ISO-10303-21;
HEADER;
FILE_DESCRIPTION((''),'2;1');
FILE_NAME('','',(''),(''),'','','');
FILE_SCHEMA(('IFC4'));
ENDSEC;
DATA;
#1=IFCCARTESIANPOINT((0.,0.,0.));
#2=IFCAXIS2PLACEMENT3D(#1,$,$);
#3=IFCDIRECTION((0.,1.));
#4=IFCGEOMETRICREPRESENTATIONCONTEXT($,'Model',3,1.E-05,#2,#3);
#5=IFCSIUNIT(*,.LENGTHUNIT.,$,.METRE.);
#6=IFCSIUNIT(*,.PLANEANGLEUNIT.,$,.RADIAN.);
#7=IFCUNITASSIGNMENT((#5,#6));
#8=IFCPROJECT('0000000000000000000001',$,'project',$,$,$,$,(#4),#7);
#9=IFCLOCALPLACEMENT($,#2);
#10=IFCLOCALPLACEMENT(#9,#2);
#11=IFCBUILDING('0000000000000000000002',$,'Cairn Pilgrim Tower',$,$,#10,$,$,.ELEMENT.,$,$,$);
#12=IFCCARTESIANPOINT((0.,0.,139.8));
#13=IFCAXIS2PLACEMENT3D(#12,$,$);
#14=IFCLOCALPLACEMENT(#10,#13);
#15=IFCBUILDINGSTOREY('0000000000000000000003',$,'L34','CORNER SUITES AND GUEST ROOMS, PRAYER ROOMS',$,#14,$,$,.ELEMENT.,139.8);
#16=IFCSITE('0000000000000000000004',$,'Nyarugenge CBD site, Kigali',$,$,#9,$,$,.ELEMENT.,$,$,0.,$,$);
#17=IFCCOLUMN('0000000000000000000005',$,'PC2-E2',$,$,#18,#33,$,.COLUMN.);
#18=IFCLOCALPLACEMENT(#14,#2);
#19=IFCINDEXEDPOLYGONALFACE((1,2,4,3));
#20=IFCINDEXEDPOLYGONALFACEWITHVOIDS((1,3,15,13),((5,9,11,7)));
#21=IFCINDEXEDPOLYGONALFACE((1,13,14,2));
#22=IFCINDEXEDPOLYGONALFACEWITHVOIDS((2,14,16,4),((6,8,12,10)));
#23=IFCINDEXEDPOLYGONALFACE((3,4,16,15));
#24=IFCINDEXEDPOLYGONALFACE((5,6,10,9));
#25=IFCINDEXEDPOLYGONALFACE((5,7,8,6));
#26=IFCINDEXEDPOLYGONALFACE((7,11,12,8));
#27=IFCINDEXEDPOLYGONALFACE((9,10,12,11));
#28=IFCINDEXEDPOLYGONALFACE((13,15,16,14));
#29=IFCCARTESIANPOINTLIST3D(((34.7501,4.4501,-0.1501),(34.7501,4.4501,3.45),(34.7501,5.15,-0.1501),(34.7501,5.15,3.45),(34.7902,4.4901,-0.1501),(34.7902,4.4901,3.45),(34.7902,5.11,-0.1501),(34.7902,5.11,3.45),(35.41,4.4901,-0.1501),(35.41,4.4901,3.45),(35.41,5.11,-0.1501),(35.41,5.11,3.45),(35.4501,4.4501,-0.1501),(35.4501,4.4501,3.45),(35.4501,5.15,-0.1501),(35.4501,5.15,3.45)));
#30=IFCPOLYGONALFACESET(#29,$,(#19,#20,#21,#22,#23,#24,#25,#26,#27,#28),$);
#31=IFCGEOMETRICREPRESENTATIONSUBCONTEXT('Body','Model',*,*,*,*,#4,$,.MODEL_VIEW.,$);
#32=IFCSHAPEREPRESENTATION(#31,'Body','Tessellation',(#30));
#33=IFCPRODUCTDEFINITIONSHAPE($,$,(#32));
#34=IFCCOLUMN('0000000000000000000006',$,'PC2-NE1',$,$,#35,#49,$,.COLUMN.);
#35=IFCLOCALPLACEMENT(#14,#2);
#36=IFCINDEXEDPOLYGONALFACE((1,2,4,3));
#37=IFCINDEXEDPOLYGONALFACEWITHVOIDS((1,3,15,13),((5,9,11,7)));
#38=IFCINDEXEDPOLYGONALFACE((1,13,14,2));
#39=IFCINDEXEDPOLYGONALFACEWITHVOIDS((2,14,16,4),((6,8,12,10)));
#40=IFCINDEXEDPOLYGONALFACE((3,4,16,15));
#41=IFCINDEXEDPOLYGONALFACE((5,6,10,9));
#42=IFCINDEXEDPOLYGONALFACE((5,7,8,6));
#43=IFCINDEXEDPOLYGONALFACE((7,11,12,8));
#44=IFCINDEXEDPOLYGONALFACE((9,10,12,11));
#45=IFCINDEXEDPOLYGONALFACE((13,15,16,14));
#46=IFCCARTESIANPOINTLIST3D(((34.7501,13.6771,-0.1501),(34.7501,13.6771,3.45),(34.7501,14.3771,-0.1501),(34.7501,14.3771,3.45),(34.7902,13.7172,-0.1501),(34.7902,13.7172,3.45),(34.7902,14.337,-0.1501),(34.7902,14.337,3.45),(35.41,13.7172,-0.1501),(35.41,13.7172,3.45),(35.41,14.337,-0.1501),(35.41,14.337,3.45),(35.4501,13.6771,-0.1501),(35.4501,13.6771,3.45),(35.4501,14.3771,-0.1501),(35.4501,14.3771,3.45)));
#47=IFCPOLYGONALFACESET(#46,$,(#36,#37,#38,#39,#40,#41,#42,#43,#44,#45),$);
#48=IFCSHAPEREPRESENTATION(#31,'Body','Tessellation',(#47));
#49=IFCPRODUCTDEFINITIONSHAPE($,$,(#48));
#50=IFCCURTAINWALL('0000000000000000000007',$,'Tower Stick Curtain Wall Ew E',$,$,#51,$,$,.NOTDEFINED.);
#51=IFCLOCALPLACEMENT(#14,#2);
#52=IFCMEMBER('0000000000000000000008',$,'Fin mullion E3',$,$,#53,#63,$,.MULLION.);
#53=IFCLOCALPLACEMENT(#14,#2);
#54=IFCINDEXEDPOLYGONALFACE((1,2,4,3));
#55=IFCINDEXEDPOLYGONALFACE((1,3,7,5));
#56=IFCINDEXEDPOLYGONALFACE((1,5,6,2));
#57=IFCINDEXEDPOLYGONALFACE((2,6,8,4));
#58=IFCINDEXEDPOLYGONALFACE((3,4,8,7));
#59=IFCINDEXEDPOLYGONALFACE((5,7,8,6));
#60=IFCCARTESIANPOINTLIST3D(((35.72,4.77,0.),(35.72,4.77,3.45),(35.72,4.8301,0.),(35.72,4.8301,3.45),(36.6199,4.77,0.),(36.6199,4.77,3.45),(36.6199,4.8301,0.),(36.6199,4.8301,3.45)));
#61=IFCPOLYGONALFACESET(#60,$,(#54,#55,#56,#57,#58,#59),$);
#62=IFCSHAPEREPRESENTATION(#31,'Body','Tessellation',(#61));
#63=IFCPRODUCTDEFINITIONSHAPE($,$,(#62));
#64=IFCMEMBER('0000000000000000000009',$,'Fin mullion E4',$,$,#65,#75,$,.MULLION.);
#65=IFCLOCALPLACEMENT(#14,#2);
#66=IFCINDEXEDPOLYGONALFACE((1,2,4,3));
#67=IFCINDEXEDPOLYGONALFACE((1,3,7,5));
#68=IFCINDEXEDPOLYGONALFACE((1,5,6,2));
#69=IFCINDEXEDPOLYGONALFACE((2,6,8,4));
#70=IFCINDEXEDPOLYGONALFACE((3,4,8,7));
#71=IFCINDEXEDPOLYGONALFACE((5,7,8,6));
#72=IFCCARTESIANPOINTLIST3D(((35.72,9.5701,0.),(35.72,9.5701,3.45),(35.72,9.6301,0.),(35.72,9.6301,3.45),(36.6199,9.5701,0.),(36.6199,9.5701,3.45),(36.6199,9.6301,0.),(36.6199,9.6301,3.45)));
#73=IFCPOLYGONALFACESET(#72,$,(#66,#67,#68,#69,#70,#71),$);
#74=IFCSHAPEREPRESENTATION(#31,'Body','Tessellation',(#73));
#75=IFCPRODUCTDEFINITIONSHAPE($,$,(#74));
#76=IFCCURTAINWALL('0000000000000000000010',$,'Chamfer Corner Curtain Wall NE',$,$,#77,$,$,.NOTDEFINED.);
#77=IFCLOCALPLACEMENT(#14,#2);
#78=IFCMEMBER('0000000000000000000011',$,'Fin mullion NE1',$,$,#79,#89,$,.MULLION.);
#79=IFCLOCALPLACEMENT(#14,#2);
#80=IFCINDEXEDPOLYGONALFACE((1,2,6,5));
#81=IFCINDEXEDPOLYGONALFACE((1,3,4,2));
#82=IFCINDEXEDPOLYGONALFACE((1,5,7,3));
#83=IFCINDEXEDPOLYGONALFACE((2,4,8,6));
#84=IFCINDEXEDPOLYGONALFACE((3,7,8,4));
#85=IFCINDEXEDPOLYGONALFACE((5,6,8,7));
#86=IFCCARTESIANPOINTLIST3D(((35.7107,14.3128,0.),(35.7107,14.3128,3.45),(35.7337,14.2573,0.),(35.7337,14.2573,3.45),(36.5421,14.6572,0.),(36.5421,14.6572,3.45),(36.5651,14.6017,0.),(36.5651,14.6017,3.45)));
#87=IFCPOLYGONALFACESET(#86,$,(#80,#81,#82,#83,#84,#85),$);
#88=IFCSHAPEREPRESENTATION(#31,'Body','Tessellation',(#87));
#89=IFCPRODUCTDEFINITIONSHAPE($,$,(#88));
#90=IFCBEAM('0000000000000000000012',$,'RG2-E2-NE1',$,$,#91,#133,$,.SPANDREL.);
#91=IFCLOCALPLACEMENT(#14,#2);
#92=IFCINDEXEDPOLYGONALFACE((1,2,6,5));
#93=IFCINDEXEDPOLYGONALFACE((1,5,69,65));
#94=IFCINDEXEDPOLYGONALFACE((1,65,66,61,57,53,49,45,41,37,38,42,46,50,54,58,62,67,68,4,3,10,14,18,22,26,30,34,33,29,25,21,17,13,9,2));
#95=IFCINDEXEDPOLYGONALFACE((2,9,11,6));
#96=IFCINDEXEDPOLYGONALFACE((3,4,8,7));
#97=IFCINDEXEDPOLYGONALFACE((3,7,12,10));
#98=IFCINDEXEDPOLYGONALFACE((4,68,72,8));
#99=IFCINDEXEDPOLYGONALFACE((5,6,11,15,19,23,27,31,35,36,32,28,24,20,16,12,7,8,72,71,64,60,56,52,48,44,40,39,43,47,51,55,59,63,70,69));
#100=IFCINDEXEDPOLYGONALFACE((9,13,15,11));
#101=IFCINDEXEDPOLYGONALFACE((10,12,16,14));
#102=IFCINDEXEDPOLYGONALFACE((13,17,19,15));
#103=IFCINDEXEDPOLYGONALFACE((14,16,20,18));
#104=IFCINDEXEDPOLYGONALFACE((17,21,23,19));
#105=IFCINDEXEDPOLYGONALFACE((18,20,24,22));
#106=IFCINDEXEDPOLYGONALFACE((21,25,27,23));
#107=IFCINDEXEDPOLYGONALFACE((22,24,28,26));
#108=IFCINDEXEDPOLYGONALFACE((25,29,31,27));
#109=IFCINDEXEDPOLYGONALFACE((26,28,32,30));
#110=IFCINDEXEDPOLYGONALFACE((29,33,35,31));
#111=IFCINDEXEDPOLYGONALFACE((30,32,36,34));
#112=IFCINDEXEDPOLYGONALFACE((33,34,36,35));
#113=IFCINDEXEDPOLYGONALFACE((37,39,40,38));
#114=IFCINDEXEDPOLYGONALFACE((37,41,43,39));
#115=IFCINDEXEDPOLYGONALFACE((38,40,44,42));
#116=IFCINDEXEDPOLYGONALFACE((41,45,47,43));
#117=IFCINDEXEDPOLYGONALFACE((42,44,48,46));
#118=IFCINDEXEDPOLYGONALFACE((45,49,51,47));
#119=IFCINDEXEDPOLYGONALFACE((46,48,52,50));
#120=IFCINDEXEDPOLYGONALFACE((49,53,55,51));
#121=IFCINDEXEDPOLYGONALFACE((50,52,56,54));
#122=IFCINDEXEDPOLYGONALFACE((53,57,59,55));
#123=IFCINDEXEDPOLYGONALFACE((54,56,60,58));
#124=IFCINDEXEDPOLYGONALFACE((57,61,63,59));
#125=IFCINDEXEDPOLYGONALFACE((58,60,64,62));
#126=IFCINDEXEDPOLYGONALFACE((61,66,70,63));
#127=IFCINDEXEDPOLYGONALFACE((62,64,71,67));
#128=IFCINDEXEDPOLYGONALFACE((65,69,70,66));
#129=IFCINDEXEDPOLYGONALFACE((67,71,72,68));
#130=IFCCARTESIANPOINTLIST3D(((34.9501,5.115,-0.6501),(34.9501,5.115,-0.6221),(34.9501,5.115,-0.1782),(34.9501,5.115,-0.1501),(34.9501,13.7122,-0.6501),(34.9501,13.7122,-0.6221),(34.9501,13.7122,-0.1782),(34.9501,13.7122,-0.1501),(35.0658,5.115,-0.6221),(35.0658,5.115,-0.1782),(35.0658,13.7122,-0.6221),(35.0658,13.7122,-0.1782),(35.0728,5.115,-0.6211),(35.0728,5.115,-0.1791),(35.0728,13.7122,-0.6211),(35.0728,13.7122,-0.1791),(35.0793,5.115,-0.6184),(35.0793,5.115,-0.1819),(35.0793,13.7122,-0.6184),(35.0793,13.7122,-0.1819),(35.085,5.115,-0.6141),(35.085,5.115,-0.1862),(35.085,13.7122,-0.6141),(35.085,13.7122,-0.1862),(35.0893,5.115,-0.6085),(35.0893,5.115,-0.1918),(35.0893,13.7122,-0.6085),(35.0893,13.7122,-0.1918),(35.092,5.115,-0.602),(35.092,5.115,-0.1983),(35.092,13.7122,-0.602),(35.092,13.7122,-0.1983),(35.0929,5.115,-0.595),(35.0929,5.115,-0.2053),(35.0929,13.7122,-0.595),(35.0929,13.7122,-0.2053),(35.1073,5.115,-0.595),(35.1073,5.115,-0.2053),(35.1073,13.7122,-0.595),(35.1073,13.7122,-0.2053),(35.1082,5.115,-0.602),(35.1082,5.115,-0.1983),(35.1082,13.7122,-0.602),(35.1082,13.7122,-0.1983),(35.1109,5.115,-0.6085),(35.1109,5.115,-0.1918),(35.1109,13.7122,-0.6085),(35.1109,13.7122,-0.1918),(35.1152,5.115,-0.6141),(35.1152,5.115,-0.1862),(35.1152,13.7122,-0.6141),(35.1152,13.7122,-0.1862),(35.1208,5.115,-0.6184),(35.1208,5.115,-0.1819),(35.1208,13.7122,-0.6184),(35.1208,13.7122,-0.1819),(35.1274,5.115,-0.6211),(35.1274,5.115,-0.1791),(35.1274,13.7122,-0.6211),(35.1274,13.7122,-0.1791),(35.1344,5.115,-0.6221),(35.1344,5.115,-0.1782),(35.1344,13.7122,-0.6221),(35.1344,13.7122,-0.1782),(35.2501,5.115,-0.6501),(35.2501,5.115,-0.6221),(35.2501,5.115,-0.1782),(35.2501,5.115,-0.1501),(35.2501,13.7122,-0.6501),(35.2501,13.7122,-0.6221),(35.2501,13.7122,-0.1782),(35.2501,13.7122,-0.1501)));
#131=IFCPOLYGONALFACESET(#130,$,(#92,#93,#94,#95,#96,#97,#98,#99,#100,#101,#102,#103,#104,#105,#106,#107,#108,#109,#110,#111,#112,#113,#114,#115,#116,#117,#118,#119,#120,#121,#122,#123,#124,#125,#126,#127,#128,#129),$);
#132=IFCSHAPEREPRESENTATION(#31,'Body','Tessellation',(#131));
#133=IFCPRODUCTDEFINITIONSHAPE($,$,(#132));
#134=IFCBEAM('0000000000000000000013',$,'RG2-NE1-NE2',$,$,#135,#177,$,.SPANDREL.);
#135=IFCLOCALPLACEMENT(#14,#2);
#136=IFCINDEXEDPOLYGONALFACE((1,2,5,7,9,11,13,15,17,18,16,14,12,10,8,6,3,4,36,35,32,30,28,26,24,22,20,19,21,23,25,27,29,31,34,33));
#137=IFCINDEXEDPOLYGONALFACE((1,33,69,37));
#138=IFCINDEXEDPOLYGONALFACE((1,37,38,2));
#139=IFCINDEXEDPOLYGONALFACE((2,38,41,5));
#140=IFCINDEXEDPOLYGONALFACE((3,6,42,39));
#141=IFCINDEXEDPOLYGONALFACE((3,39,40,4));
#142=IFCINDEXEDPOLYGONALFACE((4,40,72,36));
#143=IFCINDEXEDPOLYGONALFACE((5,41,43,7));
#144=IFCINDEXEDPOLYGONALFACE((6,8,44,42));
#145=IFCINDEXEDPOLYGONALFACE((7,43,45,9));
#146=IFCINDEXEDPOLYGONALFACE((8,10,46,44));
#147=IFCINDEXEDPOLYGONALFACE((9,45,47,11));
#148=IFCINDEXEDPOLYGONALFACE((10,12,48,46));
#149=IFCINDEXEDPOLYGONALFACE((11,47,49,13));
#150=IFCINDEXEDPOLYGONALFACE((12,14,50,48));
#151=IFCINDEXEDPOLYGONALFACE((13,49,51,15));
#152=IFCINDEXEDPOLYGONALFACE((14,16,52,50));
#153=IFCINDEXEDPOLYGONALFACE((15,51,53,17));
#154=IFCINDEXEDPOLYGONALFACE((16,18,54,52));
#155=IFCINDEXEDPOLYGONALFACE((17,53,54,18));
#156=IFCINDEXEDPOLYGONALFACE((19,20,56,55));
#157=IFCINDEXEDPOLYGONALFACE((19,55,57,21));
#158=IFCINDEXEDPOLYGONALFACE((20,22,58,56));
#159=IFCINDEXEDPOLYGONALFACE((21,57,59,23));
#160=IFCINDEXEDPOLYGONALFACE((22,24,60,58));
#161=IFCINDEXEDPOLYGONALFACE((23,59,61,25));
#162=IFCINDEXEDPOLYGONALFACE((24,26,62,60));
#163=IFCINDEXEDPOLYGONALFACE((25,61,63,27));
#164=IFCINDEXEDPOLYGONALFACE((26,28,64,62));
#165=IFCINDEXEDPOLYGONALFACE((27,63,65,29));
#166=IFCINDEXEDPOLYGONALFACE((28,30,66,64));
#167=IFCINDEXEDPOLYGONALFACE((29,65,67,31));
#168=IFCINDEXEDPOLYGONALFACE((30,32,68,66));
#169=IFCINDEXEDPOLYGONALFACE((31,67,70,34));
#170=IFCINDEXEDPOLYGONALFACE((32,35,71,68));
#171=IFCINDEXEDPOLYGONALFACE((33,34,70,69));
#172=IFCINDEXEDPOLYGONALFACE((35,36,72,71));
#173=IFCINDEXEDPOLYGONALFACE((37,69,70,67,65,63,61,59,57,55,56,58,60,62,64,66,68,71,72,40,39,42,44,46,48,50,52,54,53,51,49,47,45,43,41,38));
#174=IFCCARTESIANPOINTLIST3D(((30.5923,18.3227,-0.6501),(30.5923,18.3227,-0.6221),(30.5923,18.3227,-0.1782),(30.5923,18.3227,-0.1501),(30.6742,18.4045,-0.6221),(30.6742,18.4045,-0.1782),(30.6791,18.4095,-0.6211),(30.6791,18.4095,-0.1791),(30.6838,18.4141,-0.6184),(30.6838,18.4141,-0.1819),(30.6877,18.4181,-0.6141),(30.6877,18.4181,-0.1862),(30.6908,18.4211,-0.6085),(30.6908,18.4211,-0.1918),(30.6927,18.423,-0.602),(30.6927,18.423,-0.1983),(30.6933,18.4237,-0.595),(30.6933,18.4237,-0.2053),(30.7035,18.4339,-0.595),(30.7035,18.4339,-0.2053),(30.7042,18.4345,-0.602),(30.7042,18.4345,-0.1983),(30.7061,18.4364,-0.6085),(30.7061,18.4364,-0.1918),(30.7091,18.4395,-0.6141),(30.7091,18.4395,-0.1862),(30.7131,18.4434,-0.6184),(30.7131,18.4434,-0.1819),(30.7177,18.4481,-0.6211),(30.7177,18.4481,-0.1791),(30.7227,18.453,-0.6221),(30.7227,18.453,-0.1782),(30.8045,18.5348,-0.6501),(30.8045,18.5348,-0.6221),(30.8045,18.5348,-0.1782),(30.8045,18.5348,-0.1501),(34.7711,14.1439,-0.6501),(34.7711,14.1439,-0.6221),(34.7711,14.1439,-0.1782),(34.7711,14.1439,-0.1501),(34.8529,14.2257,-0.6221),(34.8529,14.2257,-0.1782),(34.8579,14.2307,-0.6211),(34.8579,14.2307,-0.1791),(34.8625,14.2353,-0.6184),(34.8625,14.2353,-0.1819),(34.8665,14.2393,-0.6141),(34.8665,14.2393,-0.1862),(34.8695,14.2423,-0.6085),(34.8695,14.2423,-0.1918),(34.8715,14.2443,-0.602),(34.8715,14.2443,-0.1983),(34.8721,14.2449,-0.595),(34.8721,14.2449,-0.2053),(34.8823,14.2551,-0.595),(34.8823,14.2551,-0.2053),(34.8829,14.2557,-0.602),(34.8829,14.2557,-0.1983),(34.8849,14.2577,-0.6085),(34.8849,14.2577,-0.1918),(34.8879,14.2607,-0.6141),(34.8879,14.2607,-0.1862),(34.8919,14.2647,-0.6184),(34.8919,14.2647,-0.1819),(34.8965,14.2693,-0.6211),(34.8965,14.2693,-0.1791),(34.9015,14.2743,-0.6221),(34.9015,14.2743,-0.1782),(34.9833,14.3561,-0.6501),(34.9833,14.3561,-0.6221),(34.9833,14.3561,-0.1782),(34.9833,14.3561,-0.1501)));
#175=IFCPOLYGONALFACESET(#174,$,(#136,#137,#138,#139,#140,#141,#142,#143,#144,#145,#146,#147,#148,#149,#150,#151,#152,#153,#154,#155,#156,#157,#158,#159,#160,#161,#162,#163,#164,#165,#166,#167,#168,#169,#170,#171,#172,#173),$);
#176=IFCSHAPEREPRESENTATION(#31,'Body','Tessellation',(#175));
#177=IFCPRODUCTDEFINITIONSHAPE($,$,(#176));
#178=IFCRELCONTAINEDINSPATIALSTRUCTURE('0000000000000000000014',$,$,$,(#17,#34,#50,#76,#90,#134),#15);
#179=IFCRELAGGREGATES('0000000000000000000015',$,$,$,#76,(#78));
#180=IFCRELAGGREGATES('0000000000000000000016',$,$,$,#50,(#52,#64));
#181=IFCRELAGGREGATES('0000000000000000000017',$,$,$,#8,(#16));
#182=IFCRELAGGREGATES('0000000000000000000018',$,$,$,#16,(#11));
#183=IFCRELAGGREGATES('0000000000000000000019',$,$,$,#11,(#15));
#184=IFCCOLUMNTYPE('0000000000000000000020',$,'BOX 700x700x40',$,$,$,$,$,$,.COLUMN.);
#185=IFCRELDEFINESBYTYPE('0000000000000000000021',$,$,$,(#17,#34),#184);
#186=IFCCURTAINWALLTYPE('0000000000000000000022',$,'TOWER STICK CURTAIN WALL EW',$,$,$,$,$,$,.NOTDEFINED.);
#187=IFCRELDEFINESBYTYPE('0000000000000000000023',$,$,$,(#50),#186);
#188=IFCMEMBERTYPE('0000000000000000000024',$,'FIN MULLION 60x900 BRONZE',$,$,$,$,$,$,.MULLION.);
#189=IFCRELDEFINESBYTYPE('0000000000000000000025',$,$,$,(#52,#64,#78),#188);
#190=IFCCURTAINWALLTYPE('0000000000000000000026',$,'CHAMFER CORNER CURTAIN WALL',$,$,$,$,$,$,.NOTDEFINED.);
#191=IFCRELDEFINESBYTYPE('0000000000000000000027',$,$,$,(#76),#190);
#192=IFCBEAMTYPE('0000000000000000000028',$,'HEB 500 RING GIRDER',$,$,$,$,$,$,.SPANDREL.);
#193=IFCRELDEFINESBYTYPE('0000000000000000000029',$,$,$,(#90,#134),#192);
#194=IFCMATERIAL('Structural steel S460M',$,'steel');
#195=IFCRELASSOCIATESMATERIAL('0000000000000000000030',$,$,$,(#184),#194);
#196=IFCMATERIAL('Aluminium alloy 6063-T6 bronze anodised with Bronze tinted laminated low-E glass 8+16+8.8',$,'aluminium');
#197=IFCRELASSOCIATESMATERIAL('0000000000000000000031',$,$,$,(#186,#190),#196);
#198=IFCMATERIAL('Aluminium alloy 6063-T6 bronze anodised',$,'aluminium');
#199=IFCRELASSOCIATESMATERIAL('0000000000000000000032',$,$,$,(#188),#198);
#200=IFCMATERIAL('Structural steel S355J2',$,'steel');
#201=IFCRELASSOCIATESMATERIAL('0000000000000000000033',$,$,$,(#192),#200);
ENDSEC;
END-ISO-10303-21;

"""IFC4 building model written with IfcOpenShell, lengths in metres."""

from ifc_helpers import new_model, si_unit, direction, frame, origin, origin_2d, place, context, subcontext, project, spatial, rectangle, hollow_rectangle, i_section, extrude, material, material_profile, profile_set, type_object, element, aggregate, save


model = new_model("IFC4")

# Units and contexts
model_context = context("Model", 3, precision=1e-05, world=origin(), true_north=direction((0.0, 1.0)))
body_context = subcontext(model_context, "Body", "Model", "MODEL_VIEW")
ifc_project = project(units=[si_unit("LENGTHUNIT", "METRE"), si_unit("PLANEANGLEUNIT", "RADIAN")], contexts=[model_context])

# Site, building, storey
site_placement = place(None, origin())
site = spatial("IfcSite", under=ifc_project, at=site_placement, Name="Nyarugenge CBD site, Kigali", CompositionType="ELEMENT", RefElevation=0.0)
building_placement = place(site_placement, origin())
building = spatial("IfcBuilding", under=site, at=building_placement, Name="Cairn Pilgrim Tower", CompositionType="ELEMENT")
storey_placement = place(building_placement, frame((0.0, 0.0, 139.8)))
storey = spatial("IfcBuildingStorey", under=building, at=storey_placement, Name="L34", Description="CORNER SUITES AND GUEST ROOMS, PRAYER ROOMS", CompositionType="ELEMENT", Elevation=139.8)

# Columns
ifc_material_1 = material(Name="Structural steel S460M", Category="steel")
ifc_material_profile_1 = material_profile(ifc_material_1, hollow_rectangle(XDim=0.7, YDim=0.7, WallThickness=0.04, at=origin_2d()), Name="BOX 700x700x40")
ifc_profile_set_1 = profile_set([ifc_material_profile_1], Name="Structural steel S460M")
column_type = type_object("IfcColumnType", Name="BOX 700x700x40", PredefinedType="COLUMN", material=ifc_profile_set_1)
for number, where, z_axis, x_axis, name in (
    (1, (35.1001, 4.8, -0.1501), (0.0, 0.0, 1.0), (1.0, 0.0, 0.0), "PC2-E2"),
    (2, (35.1001, 14.0271, -0.1501), (0.0, 0.0, 1.0), (1.0, 0.0, 0.0), "PC2-NE1"),
):
    element("IfcColumn", number, at=place(storey_placement, frame(where, z_axis=z_axis, x_axis=x_axis)), inside=storey, type_object=column_type, Name=name, PredefinedType="COLUMN", context=body_context, shape_type="SweptSolid", body=[
        extrude(hollow_rectangle(XDim=0.7, YDim=0.7, WallThickness=0.04, at=origin_2d()), origin(), (0.0, 0.0, 1.0), 3.6001),
    ])

# Curtain wall, members
ifc_material_2 = material(Name="Aluminium alloy 6063-T6 bronze anodised with Bronze tinted laminated low-E glass 8+16+8.8", Category="aluminium")
curtain_wall_type_1 = type_object("IfcCurtainWallType", Name="TOWER STICK CURTAIN WALL EW", PredefinedType="NOTDEFINED", material=ifc_material_2)
curtain_wall_1_placement = place(storey_placement, origin())
curtain_wall_1 = element("IfcCurtainWall", 3, at=curtain_wall_1_placement, inside=storey, type_object=curtain_wall_type_1, Name="Tower Stick Curtain Wall Ew E", PredefinedType="NOTDEFINED")
ifc_material_3 = material(Name="Aluminium alloy 6063-T6 bronze anodised", Category="aluminium")
ifc_material_profile_2 = material_profile(ifc_material_3, rectangle(XDim=0.8999, YDim=0.0601, at=origin_2d()), Name="FIN MULLION 60x900 BRONZE")
ifc_profile_set_2 = profile_set([ifc_material_profile_2], Name="Aluminium alloy 6063-T6 bronze anodised")
member_type_1 = type_object("IfcMemberType", Name="FIN MULLION 60x900 BRONZE", PredefinedType="MULLION", material=ifc_profile_set_2)
member_1_placement = place(storey_placement, frame((36.1699, 4.8, 0.0), z_axis=(0.0, 0.0, 1.0), x_axis=(1.0, 0.0, 0.0)))
member_1 = element("IfcMember", 4, at=member_1_placement, type_object=member_type_1, Name="Fin mullion E3", PredefinedType="MULLION", context=body_context, shape_type="SweptSolid", body=[
    extrude(rectangle(XDim=0.8999, YDim=0.0601, at=origin_2d()), origin(), (0.0, 0.0, 1.0), 3.45),
])
member_2_placement = place(storey_placement, frame((36.1699, 9.6001, 0.0), z_axis=(0.0, 0.0, 1.0), x_axis=(1.0, 0.0, 0.0)))
member_2 = element("IfcMember", 5, at=member_2_placement, type_object=member_type_1, Name="Fin mullion E4", PredefinedType="MULLION", context=body_context, shape_type="SweptSolid", body=[
    extrude(rectangle(XDim=0.8999, YDim=0.0601, at=origin_2d()), origin(), (0.0, 0.0, 1.0), 3.45),
])

# Curtain wall, member
curtain_wall_type_2 = type_object("IfcCurtainWallType", Name="CHAMFER CORNER CURTAIN WALL", PredefinedType="NOTDEFINED", material=ifc_material_2)
curtain_wall_2_placement = place(storey_placement, origin())
curtain_wall_2 = element("IfcCurtainWall", 6, at=curtain_wall_2_placement, inside=storey, type_object=curtain_wall_type_2, Name="Chamfer Corner Curtain Wall NE", PredefinedType="NOTDEFINED")
member_3_placement = place(storey_placement, frame((36.1379, 14.4573, 0.0), z_axis=(0.0, 0.0, 1.0), x_axis=(0.92388, 0.382683, 0.0)))
member_3 = element("IfcMember", 7, at=member_3_placement, type_object=member_type_1, Name="Fin mullion NE1", PredefinedType="MULLION", context=body_context, shape_type="SweptSolid", body=[
    extrude(rectangle(XDim=0.8999, YDim=0.0601, at=origin_2d()), origin(), (0.0, 0.0, 1.0), 3.45),
])
aggregate(curtain_wall_2, [member_3])

# Beams
ifc_material_4 = material(Name="Structural steel S355J2", Category="steel")
ifc_material_profile_3 = material_profile(ifc_material_4, i_section(OverallWidth=0.3, OverallDepth=0.5, WebThickness=0.0144, FlangeThickness=0.0281, FilletRadius=0.0271, at=origin_2d()), Name="HEB 500")
ifc_profile_set_3 = profile_set([ifc_material_profile_3], Name="Structural steel S355J2")
beam_type_1 = type_object("IfcBeamType", Name="HEB 500 RING GIRDER", PredefinedType="SPANDREL", material=ifc_profile_set_3)
beam_1_placement = place(storey_placement, frame((35.1001, 5.115, -0.4001), z_axis=(0.0, 1.0, 0.0), x_axis=(-1.0, 0.0, 0.0)))
element("IfcBeam", 8, at=beam_1_placement, inside=storey, type_object=beam_type_1, Name="RG2-E2-NE1", PredefinedType="SPANDREL", context=body_context, shape_type="SweptSolid", body=[
    extrude(i_section(OverallWidth=0.3, OverallDepth=0.5, WebThickness=0.0144, FlangeThickness=0.0281, FilletRadius=0.0271, at=origin_2d()), origin(), (0.0, 0.0, 1.0), 8.5972),
])
beam_2_placement = place(storey_placement, frame((34.8772, 14.25, -0.4001), z_axis=(-0.707107, 0.707107, 0.0), x_axis=(-0.707107, -0.707107, 0.0)))
element("IfcBeam", 9, at=beam_2_placement, inside=storey, type_object=beam_type_1, Name="RG2-NE1-NE2", PredefinedType="SPANDREL", context=body_context, shape_type="SweptSolid", body=[
    extrude(i_section(OverallWidth=0.3, OverallDepth=0.5, WebThickness=0.0144, FlangeThickness=0.0281, FilletRadius=0.0271, at=origin_2d()), origin(), (0.0, 0.0, 1.0), 5.9097),
])

aggregate(curtain_wall_1, [member_1, member_2])

save(model, "model.ifc")
